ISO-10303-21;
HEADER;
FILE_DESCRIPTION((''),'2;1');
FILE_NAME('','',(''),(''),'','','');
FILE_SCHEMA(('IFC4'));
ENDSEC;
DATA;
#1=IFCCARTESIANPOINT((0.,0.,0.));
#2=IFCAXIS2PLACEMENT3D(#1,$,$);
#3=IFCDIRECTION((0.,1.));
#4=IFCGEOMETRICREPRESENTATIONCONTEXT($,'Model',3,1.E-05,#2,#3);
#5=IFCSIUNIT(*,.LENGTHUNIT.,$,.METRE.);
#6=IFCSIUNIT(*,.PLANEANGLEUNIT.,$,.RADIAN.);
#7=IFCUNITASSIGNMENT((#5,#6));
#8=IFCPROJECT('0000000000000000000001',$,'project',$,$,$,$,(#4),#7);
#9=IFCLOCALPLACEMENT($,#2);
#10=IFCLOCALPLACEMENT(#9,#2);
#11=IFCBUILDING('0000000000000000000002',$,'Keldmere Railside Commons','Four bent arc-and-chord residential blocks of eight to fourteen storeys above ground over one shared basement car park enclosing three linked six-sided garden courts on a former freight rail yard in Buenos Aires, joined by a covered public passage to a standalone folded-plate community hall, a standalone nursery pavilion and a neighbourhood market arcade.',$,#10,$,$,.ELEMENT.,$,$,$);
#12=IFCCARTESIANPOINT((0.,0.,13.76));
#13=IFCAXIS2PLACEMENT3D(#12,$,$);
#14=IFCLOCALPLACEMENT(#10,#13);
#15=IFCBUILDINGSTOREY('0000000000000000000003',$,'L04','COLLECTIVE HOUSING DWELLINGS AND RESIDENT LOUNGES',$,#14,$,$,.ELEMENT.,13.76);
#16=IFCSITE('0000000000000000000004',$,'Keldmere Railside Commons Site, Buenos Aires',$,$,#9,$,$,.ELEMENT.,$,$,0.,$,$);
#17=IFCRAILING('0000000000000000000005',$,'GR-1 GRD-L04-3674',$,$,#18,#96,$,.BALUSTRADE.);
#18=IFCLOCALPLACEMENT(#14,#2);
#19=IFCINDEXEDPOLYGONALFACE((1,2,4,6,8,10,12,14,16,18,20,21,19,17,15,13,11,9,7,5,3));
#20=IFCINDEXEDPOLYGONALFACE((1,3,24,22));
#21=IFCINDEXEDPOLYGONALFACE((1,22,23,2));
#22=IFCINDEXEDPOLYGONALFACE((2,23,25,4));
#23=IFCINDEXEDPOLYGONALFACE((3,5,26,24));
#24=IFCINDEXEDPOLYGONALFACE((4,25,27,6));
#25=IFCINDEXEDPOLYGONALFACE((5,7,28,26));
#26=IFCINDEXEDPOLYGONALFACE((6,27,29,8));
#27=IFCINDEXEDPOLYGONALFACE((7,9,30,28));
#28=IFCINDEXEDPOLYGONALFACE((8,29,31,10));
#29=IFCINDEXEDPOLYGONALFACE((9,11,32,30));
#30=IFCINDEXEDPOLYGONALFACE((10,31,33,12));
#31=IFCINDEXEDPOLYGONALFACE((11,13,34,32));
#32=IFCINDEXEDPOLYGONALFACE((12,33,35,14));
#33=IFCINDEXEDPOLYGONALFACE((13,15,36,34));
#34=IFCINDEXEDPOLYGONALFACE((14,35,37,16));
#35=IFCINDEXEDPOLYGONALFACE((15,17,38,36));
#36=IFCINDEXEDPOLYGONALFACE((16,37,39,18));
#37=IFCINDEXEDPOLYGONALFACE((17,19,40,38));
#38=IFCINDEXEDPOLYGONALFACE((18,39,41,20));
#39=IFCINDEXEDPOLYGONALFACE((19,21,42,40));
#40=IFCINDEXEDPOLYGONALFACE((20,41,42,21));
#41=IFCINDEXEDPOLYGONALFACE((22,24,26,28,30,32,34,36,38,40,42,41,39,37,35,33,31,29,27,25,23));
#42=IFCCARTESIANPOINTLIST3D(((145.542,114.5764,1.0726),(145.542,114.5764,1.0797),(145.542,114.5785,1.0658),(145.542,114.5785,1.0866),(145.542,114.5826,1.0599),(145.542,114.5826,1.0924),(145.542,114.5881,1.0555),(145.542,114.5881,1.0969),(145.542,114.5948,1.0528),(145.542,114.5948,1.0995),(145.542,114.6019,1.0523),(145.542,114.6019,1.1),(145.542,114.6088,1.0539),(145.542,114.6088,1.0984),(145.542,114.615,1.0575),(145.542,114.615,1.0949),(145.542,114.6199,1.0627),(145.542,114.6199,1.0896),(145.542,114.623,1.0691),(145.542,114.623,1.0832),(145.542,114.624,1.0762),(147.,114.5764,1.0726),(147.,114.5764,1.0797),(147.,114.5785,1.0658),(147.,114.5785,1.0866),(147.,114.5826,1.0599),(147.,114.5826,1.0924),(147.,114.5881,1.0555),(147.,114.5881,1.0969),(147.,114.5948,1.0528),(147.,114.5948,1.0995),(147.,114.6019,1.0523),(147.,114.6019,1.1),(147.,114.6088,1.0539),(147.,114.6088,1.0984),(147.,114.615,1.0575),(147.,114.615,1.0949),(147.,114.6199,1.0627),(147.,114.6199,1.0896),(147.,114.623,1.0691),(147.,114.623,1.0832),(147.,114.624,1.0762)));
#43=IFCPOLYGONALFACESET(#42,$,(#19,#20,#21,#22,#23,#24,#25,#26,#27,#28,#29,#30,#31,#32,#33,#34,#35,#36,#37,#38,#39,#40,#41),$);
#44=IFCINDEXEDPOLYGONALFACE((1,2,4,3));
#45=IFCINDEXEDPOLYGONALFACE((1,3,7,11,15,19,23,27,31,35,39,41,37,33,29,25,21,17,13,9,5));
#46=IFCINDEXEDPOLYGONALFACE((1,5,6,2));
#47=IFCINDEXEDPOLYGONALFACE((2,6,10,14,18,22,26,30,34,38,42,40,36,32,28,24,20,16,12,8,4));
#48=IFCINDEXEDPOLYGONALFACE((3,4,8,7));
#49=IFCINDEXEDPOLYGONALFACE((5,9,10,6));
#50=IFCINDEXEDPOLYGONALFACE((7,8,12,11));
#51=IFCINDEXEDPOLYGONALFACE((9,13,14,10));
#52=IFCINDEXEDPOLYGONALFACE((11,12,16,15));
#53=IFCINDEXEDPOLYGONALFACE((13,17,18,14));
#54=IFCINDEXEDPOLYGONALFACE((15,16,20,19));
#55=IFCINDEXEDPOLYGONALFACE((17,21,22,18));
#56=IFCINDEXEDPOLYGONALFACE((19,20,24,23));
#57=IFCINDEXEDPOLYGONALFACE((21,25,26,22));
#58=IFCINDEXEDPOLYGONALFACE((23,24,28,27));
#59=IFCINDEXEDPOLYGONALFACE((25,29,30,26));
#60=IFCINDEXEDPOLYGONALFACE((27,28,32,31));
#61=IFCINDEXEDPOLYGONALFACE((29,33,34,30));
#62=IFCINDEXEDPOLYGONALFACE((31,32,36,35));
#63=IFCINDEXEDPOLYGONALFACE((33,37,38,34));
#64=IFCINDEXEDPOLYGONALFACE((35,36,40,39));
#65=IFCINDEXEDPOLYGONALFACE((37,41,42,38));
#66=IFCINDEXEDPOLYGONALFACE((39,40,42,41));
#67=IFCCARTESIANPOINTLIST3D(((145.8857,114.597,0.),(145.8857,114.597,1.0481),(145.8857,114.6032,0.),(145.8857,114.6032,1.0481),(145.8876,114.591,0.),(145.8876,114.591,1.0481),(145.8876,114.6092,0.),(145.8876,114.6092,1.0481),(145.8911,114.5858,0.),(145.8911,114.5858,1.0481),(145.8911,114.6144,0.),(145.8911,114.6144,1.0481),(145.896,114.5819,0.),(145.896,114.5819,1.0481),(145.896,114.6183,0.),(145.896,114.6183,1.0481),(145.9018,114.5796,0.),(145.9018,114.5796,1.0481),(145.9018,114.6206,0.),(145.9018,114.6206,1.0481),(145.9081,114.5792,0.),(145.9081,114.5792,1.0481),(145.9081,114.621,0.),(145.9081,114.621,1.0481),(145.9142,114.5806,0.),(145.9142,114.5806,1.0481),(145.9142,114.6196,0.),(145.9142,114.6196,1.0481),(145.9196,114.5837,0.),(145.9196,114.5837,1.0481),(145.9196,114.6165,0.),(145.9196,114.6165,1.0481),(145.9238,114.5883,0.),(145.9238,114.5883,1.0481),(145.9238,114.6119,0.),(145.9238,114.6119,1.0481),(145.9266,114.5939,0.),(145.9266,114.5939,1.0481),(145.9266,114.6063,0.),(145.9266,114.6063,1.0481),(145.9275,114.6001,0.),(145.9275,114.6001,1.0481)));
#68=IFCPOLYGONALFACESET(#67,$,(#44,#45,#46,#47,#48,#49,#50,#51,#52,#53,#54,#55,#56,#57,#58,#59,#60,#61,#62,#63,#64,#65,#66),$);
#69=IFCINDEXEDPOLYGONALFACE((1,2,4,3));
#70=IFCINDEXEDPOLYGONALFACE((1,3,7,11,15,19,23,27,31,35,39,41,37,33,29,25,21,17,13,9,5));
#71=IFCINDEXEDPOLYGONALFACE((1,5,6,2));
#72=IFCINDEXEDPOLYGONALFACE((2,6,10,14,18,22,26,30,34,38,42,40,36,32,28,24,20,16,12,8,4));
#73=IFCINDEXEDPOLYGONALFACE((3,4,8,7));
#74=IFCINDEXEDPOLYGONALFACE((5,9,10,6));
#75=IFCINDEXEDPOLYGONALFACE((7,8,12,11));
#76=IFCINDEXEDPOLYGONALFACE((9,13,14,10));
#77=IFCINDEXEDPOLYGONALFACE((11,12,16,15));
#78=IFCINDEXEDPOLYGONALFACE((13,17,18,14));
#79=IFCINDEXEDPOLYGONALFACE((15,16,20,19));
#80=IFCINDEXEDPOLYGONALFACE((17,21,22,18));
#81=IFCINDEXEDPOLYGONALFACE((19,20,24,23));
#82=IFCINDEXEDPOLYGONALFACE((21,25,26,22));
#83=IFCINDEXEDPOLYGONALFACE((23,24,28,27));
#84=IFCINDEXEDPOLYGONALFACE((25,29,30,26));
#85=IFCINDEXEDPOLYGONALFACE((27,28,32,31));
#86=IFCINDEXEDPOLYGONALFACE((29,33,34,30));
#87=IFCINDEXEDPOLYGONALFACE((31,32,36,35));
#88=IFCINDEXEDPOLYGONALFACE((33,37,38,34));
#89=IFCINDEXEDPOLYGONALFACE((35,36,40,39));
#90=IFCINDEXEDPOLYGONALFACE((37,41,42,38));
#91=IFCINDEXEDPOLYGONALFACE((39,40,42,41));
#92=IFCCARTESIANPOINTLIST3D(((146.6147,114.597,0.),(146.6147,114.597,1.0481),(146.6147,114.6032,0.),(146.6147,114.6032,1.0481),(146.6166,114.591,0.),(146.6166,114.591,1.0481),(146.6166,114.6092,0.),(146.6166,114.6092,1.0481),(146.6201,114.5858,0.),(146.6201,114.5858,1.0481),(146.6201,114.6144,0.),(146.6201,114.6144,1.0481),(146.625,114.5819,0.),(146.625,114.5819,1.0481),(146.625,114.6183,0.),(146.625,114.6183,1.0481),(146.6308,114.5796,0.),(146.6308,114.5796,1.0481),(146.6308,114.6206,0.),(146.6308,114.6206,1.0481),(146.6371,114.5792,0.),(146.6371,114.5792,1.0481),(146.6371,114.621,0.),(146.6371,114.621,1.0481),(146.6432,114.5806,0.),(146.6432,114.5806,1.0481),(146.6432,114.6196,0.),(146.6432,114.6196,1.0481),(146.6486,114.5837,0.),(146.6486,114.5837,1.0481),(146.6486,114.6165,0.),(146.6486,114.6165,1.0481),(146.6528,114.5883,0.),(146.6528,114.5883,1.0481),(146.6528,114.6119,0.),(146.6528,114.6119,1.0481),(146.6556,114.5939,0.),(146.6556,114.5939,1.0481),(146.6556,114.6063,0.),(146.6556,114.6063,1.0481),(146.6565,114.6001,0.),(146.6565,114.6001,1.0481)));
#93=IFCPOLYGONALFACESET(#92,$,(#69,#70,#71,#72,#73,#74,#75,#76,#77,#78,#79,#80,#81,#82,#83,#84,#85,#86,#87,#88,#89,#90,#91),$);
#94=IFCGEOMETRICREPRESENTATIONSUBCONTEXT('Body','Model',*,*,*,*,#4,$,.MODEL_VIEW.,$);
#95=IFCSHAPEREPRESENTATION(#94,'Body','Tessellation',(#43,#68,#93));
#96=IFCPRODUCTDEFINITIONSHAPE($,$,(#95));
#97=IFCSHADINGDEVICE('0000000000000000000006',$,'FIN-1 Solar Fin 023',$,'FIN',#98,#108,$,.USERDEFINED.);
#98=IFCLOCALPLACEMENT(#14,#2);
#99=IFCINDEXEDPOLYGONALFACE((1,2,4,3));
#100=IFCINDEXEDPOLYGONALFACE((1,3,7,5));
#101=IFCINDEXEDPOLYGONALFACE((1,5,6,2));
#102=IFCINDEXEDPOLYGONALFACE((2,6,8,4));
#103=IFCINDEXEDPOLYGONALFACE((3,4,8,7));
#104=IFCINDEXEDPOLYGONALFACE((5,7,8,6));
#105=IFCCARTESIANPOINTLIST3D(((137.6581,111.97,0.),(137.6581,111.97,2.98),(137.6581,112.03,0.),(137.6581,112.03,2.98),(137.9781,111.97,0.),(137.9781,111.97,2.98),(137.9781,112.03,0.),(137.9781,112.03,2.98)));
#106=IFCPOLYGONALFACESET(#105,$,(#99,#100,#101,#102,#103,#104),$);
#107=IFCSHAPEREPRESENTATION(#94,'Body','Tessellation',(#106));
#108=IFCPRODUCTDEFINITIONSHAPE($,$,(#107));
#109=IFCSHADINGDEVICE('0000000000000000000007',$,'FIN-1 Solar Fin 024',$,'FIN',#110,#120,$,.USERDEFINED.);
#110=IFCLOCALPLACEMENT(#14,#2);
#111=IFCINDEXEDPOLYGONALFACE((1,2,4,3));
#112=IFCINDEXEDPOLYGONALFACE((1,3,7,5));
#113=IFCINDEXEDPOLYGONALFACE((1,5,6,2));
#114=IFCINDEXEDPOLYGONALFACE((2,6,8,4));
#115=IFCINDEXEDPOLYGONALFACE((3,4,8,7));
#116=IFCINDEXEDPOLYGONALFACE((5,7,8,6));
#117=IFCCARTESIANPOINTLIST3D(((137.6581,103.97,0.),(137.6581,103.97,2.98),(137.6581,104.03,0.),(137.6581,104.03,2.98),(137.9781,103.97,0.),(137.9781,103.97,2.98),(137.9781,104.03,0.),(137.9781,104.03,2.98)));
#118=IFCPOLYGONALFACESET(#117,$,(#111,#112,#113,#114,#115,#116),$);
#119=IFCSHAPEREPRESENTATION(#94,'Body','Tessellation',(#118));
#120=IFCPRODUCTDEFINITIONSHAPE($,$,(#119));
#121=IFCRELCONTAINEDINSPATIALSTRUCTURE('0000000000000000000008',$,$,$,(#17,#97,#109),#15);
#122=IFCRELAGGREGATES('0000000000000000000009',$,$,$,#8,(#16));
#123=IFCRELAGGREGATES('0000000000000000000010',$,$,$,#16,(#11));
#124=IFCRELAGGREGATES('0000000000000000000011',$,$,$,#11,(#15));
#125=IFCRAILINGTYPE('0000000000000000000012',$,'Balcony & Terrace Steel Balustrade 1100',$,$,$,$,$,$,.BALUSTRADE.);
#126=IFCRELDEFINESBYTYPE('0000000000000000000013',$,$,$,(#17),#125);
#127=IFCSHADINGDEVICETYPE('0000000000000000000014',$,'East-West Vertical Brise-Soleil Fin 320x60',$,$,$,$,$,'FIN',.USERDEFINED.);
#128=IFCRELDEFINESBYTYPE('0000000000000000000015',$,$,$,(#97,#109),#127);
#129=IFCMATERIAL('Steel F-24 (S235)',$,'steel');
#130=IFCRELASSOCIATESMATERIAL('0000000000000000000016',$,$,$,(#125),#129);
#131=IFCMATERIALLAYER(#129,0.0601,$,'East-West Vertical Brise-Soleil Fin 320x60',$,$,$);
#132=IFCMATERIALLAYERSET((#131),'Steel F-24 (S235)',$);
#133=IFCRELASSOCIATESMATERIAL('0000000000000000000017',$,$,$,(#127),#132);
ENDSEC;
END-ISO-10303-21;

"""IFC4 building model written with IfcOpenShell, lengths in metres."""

from ifc_helpers import new_model, si_unit, direction, frame, origin, origin_2d, place, context, subcontext, project, spatial, rectangle, circle, extrude, material, layer, layer_set, type_object, element, save


model = new_model("IFC4")

# Units and contexts
model_context = context("Model", 3, precision=1e-05, world=origin(), true_north=direction((0.0, 1.0)))
body_context = subcontext(model_context, "Body", "Model", "MODEL_VIEW")
ifc_project = project(units=[si_unit("LENGTHUNIT", "METRE"), si_unit("PLANEANGLEUNIT", "RADIAN")], contexts=[model_context])

# Site, building, storey
site_placement = place(None, origin())
site = spatial("IfcSite", under=ifc_project, at=site_placement, Name="Keldmere Railside Commons Site, Buenos Aires", CompositionType="ELEMENT", RefElevation=0.0)
building_placement = place(site_placement, origin())
building = spatial("IfcBuilding", under=site, at=building_placement, Name="Keldmere Railside Commons", Description="Four bent arc-and-chord residential blocks of eight to fourteen storeys above ground over one shared basement car park enclosing three linked six-sided garden courts on a former freight rail yard in Buenos Aires, joined by a covered public passage to a standalone folded-plate community hall, a standalone nursery pavilion and a neighbourhood market arcade.", CompositionType="ELEMENT")
storey_placement = place(building_placement, frame((0.0, 0.0, 13.76)))
storey = spatial("IfcBuildingStorey", under=building, at=storey_placement, Name="L04", Description="COLLECTIVE HOUSING DWELLINGS AND RESIDENT LOUNGES", CompositionType="ELEMENT", Elevation=13.76)

# Shared definitions
ifc_material_1 = material(Name="Steel F-24 (S235)", Category="steel")

# Railing
railing_type = type_object("IfcRailingType", Name="Balcony & Terrace Steel Balustrade 1100", PredefinedType="BALUSTRADE", material=ifc_material_1)
railing_1_placement = place(storey_placement, frame((145.542, 114.6001, 0.0)))
element("IfcRailing", 1, at=railing_1_placement, inside=storey, type_object=railing_type, Name="GR-1 GRD-L04-3674", PredefinedType="BALUSTRADE", context=body_context, shape_type="SweptSolid", body=[
    extrude(circle(Radius=0.0239, at=origin_2d()), frame((0.0, 0.0, 1.0762), z_axis=(1.0, 0.0, 0.0), x_axis=(0.0, 1.0, 0.0)), (0.0, 0.0, 1.0), 1.458),
    extrude(circle(Radius=0.021, at=origin_2d()), frame((0.3645, 0.0, 0.0)), (0.0, 0.0, 1.0), 1.0481),
    extrude(circle(Radius=0.021, at=origin_2d()), frame((1.0935, 0.0, 0.0)), (0.0, 0.0, 1.0), 1.0481),
])

# Shading devices
ifc_layer_1 = layer(ifc_material_1, 0.0601, Name="East-West Vertical Brise-Soleil Fin 320x60")
ifc_layer_set_1 = layer_set([ifc_layer_1], Name="Steel F-24 (S235)")
shading_device_type = type_object("IfcShadingDeviceType", Name="East-West Vertical Brise-Soleil Fin 320x60", ElementType="FIN", PredefinedType="USERDEFINED", material=ifc_layer_set_1)
for number, where, z_axis, x_axis, name in (
    (2, (137.8181, 112.0, 0.0), (0.0, 0.0, 1.0), (1.0, 0.0, 0.0), "FIN-1 Solar Fin 023"),
    (3, (137.8181, 104.0, 0.0), (0.0, 0.0, 1.0), (1.0, 0.0, 0.0), "FIN-1 Solar Fin 024"),
):
    element("IfcShadingDevice", number, at=place(storey_placement, frame(where, z_axis=z_axis, x_axis=x_axis)), inside=storey, type_object=shading_device_type, Name=name, ObjectType="FIN", PredefinedType="USERDEFINED", context=body_context, shape_type="SweptSolid", body=[
        extrude(rectangle(XDim=0.3201, YDim=0.0601, at=origin_2d()), origin(), (0.0, 0.0, 1.0), 2.98),
    ])

save(model, "model.ifc")
